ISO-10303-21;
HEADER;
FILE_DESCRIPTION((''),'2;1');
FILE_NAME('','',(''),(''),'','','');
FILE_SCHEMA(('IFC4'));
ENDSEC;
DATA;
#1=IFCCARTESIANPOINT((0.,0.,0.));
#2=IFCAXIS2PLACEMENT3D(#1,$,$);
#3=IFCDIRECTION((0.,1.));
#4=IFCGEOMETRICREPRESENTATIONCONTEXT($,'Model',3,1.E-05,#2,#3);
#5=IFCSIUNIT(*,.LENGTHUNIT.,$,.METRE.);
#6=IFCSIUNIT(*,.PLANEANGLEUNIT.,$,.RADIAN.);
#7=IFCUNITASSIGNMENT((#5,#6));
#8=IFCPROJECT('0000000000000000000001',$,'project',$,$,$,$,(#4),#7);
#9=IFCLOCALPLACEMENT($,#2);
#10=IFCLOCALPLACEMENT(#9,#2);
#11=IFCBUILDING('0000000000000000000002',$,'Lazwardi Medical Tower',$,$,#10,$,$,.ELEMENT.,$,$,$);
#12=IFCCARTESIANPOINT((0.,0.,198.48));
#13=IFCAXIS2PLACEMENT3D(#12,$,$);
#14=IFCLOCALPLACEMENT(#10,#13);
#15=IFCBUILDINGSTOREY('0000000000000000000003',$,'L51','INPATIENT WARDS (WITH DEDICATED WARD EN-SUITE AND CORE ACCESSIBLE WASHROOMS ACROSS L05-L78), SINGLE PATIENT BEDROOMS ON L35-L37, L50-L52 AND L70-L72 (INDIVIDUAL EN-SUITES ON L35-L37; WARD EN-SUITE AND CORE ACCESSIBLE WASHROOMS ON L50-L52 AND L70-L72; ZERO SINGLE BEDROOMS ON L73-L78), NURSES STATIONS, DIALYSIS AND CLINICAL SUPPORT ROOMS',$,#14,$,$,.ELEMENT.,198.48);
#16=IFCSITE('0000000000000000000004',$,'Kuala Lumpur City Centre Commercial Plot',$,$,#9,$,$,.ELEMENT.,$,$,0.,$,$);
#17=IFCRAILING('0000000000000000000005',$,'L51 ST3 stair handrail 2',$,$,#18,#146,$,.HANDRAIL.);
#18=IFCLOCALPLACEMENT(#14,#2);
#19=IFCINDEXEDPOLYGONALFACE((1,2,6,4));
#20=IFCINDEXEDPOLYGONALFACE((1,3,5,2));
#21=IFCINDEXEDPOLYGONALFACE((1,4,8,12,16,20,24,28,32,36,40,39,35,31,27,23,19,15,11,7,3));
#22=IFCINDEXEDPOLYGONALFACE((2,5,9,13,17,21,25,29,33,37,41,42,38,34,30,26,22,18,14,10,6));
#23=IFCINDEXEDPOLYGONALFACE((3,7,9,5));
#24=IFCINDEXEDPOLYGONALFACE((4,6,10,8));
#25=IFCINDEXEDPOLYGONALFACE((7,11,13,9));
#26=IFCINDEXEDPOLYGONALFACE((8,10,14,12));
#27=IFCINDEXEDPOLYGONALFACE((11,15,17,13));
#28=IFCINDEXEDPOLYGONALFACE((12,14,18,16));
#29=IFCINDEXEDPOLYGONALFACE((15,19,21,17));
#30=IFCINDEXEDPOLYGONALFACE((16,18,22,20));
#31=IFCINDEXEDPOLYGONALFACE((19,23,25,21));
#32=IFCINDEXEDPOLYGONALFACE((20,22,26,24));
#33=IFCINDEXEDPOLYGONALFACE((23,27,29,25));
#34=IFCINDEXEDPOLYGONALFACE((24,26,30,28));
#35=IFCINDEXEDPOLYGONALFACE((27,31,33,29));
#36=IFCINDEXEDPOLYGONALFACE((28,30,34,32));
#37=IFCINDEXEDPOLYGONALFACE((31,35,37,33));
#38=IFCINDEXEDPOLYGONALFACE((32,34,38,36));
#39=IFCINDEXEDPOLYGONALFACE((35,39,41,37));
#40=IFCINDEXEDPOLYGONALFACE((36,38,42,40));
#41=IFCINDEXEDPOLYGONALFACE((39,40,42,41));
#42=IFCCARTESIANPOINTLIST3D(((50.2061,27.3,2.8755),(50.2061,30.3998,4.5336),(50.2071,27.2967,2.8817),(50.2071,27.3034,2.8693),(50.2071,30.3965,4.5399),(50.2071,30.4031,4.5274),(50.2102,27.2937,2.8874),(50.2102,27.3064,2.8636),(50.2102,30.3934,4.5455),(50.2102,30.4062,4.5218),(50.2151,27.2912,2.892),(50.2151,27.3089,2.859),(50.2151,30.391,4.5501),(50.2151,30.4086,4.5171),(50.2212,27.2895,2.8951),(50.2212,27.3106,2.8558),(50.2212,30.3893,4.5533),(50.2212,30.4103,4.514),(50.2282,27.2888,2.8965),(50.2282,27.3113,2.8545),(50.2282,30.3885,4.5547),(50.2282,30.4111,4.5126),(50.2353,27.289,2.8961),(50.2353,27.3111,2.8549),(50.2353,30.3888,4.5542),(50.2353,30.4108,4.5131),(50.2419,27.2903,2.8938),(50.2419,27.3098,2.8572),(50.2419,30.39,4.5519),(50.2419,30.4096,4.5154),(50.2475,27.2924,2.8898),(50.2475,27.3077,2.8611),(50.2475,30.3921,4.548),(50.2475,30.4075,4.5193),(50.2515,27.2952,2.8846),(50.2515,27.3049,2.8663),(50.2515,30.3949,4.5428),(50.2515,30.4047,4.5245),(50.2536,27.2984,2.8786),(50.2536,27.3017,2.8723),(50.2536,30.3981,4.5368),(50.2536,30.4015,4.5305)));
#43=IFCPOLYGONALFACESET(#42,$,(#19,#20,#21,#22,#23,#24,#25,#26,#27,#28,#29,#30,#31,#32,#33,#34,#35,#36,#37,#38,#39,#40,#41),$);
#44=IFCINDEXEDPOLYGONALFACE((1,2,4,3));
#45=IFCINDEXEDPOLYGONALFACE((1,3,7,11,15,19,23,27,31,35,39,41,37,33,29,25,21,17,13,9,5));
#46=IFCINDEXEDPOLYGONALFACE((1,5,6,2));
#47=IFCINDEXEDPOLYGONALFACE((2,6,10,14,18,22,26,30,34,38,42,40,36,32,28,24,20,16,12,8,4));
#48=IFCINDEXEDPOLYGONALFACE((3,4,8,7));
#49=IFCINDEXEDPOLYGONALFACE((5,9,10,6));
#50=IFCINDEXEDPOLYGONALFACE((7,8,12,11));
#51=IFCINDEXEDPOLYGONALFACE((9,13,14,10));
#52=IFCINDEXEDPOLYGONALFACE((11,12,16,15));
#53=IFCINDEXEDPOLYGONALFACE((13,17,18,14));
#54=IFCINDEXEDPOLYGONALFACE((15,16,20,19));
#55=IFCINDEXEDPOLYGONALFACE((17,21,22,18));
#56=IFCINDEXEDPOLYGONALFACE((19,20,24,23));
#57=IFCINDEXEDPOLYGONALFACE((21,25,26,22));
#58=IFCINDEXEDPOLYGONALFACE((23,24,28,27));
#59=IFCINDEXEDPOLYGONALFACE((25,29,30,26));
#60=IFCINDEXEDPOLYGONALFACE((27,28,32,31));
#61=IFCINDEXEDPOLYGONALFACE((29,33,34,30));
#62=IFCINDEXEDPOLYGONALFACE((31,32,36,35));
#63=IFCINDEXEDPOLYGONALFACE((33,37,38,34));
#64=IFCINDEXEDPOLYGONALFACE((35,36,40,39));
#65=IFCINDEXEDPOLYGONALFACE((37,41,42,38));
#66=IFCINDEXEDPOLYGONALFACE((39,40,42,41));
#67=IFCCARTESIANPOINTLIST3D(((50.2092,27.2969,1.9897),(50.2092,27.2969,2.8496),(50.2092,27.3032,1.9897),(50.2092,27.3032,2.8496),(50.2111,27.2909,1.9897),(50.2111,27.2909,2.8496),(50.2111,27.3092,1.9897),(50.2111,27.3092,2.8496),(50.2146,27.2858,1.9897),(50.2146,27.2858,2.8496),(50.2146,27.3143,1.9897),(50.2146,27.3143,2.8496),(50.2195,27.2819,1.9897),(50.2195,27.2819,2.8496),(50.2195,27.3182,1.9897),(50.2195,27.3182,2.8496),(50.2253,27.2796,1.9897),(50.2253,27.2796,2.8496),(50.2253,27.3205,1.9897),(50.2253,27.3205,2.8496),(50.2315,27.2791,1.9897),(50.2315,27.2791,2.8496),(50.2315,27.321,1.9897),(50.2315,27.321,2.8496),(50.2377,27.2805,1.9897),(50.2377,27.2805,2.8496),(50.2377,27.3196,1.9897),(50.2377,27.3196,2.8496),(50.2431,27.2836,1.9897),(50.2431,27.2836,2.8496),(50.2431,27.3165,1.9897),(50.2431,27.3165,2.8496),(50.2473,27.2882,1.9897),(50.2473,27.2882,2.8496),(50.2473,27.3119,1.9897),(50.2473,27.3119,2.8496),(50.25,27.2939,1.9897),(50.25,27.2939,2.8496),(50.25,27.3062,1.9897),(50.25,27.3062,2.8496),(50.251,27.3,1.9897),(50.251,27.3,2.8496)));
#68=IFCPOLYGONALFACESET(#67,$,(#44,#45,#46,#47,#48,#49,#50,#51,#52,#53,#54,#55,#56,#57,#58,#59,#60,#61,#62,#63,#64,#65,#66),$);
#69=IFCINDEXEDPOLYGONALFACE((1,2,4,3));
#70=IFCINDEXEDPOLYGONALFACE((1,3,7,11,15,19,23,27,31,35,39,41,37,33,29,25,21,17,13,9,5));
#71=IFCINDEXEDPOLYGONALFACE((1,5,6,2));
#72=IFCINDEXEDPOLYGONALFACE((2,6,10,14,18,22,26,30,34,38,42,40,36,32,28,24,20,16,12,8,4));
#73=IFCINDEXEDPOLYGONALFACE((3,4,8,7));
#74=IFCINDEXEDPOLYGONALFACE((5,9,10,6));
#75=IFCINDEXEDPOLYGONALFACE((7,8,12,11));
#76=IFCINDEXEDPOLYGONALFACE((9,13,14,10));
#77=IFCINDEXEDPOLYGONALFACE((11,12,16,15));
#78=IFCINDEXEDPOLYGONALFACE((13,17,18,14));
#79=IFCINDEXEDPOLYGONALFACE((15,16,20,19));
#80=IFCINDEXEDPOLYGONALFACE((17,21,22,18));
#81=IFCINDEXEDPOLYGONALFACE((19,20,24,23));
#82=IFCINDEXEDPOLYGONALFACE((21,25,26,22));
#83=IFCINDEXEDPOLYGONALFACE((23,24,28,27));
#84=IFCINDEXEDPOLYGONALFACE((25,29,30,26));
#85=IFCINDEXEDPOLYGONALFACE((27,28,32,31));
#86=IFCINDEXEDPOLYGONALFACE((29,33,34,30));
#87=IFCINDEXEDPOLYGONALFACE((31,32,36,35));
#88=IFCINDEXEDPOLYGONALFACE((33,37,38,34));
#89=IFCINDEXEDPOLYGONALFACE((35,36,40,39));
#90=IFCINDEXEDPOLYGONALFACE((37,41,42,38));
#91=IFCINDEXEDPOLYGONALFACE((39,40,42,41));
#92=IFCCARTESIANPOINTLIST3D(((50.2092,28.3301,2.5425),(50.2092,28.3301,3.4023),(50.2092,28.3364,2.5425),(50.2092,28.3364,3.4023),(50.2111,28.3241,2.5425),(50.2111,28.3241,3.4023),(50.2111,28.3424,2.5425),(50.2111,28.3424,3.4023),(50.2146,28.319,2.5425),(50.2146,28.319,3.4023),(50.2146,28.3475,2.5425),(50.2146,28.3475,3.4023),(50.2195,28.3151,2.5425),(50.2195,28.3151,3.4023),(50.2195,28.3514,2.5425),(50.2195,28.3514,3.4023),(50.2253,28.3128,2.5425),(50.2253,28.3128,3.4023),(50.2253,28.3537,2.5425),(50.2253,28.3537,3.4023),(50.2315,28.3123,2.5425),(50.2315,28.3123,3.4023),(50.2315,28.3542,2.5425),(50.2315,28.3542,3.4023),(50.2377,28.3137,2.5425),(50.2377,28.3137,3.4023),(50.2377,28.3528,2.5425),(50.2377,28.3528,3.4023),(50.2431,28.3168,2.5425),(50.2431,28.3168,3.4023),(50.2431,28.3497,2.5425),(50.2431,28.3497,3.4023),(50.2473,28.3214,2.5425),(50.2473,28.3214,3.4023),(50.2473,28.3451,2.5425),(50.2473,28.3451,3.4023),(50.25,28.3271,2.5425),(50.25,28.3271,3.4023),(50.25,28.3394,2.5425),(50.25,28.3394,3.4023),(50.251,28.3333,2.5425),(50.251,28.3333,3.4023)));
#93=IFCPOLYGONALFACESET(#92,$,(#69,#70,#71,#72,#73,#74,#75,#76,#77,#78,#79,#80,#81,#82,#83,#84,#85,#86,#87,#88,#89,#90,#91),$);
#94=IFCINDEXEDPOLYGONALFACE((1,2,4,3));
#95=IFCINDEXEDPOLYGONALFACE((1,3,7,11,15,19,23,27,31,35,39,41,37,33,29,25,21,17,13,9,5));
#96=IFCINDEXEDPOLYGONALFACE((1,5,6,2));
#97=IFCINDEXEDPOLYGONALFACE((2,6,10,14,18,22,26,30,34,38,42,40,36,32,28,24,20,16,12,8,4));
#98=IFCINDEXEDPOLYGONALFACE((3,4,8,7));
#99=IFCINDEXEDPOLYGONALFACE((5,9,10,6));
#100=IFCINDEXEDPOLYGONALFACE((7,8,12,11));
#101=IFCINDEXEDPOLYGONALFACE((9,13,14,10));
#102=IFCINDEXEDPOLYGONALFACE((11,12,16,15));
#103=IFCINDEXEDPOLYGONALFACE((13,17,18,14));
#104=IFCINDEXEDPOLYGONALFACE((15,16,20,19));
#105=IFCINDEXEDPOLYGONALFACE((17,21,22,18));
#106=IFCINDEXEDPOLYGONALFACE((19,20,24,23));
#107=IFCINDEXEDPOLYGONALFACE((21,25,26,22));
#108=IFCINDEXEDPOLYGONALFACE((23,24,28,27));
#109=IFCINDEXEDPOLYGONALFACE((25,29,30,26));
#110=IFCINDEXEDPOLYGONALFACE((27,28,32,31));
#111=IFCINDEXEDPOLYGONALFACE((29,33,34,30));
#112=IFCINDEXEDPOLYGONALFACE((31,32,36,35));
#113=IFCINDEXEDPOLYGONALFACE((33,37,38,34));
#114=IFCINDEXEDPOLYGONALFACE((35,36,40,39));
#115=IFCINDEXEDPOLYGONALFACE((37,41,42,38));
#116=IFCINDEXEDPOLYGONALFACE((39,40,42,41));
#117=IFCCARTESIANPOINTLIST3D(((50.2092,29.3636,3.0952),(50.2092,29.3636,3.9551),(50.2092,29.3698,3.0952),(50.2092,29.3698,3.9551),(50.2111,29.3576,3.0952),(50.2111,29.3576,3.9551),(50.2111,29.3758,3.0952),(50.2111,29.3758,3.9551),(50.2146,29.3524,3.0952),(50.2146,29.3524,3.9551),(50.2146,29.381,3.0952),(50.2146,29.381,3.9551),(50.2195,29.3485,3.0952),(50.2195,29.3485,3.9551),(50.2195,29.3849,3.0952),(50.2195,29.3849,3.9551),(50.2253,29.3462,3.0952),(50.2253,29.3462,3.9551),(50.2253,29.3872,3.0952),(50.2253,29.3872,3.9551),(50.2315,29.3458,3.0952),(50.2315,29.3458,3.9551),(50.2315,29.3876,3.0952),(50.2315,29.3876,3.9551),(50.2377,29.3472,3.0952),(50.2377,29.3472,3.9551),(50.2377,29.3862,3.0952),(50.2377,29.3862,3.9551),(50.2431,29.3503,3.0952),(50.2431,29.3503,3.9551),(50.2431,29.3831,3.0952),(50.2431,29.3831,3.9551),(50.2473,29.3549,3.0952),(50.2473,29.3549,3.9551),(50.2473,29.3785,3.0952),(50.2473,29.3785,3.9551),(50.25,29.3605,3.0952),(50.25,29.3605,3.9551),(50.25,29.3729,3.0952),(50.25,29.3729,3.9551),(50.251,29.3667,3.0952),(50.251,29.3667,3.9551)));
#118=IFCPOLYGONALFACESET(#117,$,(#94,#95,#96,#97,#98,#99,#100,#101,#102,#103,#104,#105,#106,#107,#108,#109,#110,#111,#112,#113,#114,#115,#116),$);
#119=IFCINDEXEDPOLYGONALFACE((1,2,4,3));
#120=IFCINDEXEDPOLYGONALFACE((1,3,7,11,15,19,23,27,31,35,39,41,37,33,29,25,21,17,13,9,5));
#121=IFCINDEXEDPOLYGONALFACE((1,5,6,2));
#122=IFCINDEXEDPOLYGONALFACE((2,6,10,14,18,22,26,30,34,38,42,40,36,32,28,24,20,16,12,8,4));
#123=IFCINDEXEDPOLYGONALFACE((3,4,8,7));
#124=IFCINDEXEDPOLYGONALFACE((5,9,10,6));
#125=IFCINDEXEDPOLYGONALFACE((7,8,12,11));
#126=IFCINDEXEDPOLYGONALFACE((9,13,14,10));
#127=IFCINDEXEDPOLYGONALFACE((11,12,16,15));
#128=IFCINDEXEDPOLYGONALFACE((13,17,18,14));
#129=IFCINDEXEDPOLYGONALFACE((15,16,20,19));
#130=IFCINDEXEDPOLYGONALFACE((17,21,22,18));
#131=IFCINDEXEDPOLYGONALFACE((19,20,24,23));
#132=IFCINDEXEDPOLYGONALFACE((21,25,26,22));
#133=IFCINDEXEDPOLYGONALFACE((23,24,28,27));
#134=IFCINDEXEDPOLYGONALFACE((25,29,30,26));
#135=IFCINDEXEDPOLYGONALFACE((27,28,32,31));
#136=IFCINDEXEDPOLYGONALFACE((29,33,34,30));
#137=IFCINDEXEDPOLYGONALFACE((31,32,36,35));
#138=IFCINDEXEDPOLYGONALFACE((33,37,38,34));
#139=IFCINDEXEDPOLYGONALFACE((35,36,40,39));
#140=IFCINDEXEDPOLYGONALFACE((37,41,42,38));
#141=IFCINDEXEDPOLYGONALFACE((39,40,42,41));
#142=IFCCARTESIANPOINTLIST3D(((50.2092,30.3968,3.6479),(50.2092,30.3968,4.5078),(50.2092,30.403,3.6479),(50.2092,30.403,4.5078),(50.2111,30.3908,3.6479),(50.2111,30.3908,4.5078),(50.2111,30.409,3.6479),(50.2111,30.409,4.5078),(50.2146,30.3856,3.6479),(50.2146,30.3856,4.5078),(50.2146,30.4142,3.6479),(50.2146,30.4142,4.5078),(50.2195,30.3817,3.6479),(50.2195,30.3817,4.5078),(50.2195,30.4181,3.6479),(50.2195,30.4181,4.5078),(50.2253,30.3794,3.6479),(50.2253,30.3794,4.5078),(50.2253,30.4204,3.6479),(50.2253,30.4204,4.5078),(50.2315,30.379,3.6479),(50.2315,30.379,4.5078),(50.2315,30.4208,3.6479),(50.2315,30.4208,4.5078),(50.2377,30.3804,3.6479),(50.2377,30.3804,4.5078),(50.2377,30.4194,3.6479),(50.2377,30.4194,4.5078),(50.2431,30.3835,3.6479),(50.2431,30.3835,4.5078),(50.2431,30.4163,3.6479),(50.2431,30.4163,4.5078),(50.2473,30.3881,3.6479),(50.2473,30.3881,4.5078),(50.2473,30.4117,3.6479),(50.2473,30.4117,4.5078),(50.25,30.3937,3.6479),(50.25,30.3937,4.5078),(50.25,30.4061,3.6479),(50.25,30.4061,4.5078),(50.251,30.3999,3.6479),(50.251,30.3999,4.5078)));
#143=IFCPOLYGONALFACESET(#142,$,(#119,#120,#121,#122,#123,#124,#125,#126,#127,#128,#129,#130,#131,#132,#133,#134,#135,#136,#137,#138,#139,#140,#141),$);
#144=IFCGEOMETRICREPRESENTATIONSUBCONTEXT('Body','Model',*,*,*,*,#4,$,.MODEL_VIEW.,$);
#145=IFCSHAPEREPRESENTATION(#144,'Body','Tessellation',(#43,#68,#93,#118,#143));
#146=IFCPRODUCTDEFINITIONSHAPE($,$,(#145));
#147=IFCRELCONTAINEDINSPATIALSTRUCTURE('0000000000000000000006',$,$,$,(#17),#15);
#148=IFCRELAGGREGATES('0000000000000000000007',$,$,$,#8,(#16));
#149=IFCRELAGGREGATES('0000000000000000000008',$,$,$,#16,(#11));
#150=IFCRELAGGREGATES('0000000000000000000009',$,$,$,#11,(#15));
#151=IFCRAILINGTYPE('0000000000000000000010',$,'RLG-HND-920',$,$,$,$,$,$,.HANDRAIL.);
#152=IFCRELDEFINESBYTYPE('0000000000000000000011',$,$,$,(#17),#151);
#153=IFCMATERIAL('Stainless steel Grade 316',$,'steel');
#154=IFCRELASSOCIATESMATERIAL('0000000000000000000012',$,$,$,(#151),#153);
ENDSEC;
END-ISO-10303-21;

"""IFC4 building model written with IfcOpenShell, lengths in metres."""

from ifc_helpers import new_model, si_unit, direction, frame, origin, origin_2d, place, context, subcontext, project, spatial, circle, extrude, material, type_object, element, save


model = new_model("IFC4")

# Units and contexts
model_context = context("Model", 3, precision=1e-05, world=origin(), true_north=direction((0.0, 1.0)))
body_context = subcontext(model_context, "Body", "Model", "MODEL_VIEW")
ifc_project = project(units=[si_unit("LENGTHUNIT", "METRE"), si_unit("PLANEANGLEUNIT", "RADIAN")], contexts=[model_context])

# Site, building, storey
site_placement = place(None, origin())
site = spatial("IfcSite", under=ifc_project, at=site_placement, Name="Kuala Lumpur City Centre Commercial Plot", CompositionType="ELEMENT", RefElevation=0.0)
building_placement = place(site_placement, origin())
building = spatial("IfcBuilding", under=site, at=building_placement, Name="Lazwardi Medical Tower", CompositionType="ELEMENT")
storey_placement = place(building_placement, frame((0.0, 0.0, 198.48)))
storey = spatial("IfcBuildingStorey", under=building, at=storey_placement, Name="L51", Description="INPATIENT WARDS (WITH DEDICATED WARD EN-SUITE AND CORE ACCESSIBLE WASHROOMS ACROSS L05-L78), SINGLE PATIENT BEDROOMS ON L35-L37, L50-L52 AND L70-L72 (INDIVIDUAL EN-SUITES ON L35-L37; WARD EN-SUITE AND CORE ACCESSIBLE WASHROOMS ON L50-L52 AND L70-L72; ZERO SINGLE BEDROOMS ON L73-L78), NURSES STATIONS, DIALYSIS AND CLINICAL SUPPORT ROOMS", CompositionType="ELEMENT", Elevation=198.48)

# Railing
ifc_material_1 = material(Name="Stainless steel Grade 316", Category="steel")
railing_type_1 = type_object("IfcRailingType", Name="RLG-HND-920", PredefinedType="HANDRAIL", material=ifc_material_1)
railing_1_placement = place(storey_placement, frame((50.23, 27.3, 1.9897)))
element("IfcRailing", 1, at=railing_1_placement, inside=storey, type_object=railing_type_1, Name="L51 ST3 stair handrail 2", PredefinedType="HANDRAIL", context=body_context, shape_type="SweptSolid", body=[
    extrude(circle(Radius=0.0239, at=origin_2d()), frame((0.0, 0.0, 0.8857), z_axis=(0.0, 0.881768, 0.471684), x_axis=(-1.0, 0.0, 0.0)), (0.0, 0.0, 1.0), 3.5154),
    extrude(circle(Radius=0.021, at=origin_2d()), origin(), (0.0, 0.0, 1.0), 0.8599),
    extrude(circle(Radius=0.021, at=origin_2d()), frame((0.0, 1.0332, 0.5527)), (0.0, 0.0, 1.0), 0.8599),
    extrude(circle(Radius=0.021, at=origin_2d()), frame((0.0, 2.0667, 1.1055)), (0.0, 0.0, 1.0), 0.8599),
    extrude(circle(Radius=0.021, at=origin_2d()), frame((0.0, 3.0999, 1.6582)), (0.0, 0.0, 1.0), 0.8599),
])

save(model, "model.ifc")
